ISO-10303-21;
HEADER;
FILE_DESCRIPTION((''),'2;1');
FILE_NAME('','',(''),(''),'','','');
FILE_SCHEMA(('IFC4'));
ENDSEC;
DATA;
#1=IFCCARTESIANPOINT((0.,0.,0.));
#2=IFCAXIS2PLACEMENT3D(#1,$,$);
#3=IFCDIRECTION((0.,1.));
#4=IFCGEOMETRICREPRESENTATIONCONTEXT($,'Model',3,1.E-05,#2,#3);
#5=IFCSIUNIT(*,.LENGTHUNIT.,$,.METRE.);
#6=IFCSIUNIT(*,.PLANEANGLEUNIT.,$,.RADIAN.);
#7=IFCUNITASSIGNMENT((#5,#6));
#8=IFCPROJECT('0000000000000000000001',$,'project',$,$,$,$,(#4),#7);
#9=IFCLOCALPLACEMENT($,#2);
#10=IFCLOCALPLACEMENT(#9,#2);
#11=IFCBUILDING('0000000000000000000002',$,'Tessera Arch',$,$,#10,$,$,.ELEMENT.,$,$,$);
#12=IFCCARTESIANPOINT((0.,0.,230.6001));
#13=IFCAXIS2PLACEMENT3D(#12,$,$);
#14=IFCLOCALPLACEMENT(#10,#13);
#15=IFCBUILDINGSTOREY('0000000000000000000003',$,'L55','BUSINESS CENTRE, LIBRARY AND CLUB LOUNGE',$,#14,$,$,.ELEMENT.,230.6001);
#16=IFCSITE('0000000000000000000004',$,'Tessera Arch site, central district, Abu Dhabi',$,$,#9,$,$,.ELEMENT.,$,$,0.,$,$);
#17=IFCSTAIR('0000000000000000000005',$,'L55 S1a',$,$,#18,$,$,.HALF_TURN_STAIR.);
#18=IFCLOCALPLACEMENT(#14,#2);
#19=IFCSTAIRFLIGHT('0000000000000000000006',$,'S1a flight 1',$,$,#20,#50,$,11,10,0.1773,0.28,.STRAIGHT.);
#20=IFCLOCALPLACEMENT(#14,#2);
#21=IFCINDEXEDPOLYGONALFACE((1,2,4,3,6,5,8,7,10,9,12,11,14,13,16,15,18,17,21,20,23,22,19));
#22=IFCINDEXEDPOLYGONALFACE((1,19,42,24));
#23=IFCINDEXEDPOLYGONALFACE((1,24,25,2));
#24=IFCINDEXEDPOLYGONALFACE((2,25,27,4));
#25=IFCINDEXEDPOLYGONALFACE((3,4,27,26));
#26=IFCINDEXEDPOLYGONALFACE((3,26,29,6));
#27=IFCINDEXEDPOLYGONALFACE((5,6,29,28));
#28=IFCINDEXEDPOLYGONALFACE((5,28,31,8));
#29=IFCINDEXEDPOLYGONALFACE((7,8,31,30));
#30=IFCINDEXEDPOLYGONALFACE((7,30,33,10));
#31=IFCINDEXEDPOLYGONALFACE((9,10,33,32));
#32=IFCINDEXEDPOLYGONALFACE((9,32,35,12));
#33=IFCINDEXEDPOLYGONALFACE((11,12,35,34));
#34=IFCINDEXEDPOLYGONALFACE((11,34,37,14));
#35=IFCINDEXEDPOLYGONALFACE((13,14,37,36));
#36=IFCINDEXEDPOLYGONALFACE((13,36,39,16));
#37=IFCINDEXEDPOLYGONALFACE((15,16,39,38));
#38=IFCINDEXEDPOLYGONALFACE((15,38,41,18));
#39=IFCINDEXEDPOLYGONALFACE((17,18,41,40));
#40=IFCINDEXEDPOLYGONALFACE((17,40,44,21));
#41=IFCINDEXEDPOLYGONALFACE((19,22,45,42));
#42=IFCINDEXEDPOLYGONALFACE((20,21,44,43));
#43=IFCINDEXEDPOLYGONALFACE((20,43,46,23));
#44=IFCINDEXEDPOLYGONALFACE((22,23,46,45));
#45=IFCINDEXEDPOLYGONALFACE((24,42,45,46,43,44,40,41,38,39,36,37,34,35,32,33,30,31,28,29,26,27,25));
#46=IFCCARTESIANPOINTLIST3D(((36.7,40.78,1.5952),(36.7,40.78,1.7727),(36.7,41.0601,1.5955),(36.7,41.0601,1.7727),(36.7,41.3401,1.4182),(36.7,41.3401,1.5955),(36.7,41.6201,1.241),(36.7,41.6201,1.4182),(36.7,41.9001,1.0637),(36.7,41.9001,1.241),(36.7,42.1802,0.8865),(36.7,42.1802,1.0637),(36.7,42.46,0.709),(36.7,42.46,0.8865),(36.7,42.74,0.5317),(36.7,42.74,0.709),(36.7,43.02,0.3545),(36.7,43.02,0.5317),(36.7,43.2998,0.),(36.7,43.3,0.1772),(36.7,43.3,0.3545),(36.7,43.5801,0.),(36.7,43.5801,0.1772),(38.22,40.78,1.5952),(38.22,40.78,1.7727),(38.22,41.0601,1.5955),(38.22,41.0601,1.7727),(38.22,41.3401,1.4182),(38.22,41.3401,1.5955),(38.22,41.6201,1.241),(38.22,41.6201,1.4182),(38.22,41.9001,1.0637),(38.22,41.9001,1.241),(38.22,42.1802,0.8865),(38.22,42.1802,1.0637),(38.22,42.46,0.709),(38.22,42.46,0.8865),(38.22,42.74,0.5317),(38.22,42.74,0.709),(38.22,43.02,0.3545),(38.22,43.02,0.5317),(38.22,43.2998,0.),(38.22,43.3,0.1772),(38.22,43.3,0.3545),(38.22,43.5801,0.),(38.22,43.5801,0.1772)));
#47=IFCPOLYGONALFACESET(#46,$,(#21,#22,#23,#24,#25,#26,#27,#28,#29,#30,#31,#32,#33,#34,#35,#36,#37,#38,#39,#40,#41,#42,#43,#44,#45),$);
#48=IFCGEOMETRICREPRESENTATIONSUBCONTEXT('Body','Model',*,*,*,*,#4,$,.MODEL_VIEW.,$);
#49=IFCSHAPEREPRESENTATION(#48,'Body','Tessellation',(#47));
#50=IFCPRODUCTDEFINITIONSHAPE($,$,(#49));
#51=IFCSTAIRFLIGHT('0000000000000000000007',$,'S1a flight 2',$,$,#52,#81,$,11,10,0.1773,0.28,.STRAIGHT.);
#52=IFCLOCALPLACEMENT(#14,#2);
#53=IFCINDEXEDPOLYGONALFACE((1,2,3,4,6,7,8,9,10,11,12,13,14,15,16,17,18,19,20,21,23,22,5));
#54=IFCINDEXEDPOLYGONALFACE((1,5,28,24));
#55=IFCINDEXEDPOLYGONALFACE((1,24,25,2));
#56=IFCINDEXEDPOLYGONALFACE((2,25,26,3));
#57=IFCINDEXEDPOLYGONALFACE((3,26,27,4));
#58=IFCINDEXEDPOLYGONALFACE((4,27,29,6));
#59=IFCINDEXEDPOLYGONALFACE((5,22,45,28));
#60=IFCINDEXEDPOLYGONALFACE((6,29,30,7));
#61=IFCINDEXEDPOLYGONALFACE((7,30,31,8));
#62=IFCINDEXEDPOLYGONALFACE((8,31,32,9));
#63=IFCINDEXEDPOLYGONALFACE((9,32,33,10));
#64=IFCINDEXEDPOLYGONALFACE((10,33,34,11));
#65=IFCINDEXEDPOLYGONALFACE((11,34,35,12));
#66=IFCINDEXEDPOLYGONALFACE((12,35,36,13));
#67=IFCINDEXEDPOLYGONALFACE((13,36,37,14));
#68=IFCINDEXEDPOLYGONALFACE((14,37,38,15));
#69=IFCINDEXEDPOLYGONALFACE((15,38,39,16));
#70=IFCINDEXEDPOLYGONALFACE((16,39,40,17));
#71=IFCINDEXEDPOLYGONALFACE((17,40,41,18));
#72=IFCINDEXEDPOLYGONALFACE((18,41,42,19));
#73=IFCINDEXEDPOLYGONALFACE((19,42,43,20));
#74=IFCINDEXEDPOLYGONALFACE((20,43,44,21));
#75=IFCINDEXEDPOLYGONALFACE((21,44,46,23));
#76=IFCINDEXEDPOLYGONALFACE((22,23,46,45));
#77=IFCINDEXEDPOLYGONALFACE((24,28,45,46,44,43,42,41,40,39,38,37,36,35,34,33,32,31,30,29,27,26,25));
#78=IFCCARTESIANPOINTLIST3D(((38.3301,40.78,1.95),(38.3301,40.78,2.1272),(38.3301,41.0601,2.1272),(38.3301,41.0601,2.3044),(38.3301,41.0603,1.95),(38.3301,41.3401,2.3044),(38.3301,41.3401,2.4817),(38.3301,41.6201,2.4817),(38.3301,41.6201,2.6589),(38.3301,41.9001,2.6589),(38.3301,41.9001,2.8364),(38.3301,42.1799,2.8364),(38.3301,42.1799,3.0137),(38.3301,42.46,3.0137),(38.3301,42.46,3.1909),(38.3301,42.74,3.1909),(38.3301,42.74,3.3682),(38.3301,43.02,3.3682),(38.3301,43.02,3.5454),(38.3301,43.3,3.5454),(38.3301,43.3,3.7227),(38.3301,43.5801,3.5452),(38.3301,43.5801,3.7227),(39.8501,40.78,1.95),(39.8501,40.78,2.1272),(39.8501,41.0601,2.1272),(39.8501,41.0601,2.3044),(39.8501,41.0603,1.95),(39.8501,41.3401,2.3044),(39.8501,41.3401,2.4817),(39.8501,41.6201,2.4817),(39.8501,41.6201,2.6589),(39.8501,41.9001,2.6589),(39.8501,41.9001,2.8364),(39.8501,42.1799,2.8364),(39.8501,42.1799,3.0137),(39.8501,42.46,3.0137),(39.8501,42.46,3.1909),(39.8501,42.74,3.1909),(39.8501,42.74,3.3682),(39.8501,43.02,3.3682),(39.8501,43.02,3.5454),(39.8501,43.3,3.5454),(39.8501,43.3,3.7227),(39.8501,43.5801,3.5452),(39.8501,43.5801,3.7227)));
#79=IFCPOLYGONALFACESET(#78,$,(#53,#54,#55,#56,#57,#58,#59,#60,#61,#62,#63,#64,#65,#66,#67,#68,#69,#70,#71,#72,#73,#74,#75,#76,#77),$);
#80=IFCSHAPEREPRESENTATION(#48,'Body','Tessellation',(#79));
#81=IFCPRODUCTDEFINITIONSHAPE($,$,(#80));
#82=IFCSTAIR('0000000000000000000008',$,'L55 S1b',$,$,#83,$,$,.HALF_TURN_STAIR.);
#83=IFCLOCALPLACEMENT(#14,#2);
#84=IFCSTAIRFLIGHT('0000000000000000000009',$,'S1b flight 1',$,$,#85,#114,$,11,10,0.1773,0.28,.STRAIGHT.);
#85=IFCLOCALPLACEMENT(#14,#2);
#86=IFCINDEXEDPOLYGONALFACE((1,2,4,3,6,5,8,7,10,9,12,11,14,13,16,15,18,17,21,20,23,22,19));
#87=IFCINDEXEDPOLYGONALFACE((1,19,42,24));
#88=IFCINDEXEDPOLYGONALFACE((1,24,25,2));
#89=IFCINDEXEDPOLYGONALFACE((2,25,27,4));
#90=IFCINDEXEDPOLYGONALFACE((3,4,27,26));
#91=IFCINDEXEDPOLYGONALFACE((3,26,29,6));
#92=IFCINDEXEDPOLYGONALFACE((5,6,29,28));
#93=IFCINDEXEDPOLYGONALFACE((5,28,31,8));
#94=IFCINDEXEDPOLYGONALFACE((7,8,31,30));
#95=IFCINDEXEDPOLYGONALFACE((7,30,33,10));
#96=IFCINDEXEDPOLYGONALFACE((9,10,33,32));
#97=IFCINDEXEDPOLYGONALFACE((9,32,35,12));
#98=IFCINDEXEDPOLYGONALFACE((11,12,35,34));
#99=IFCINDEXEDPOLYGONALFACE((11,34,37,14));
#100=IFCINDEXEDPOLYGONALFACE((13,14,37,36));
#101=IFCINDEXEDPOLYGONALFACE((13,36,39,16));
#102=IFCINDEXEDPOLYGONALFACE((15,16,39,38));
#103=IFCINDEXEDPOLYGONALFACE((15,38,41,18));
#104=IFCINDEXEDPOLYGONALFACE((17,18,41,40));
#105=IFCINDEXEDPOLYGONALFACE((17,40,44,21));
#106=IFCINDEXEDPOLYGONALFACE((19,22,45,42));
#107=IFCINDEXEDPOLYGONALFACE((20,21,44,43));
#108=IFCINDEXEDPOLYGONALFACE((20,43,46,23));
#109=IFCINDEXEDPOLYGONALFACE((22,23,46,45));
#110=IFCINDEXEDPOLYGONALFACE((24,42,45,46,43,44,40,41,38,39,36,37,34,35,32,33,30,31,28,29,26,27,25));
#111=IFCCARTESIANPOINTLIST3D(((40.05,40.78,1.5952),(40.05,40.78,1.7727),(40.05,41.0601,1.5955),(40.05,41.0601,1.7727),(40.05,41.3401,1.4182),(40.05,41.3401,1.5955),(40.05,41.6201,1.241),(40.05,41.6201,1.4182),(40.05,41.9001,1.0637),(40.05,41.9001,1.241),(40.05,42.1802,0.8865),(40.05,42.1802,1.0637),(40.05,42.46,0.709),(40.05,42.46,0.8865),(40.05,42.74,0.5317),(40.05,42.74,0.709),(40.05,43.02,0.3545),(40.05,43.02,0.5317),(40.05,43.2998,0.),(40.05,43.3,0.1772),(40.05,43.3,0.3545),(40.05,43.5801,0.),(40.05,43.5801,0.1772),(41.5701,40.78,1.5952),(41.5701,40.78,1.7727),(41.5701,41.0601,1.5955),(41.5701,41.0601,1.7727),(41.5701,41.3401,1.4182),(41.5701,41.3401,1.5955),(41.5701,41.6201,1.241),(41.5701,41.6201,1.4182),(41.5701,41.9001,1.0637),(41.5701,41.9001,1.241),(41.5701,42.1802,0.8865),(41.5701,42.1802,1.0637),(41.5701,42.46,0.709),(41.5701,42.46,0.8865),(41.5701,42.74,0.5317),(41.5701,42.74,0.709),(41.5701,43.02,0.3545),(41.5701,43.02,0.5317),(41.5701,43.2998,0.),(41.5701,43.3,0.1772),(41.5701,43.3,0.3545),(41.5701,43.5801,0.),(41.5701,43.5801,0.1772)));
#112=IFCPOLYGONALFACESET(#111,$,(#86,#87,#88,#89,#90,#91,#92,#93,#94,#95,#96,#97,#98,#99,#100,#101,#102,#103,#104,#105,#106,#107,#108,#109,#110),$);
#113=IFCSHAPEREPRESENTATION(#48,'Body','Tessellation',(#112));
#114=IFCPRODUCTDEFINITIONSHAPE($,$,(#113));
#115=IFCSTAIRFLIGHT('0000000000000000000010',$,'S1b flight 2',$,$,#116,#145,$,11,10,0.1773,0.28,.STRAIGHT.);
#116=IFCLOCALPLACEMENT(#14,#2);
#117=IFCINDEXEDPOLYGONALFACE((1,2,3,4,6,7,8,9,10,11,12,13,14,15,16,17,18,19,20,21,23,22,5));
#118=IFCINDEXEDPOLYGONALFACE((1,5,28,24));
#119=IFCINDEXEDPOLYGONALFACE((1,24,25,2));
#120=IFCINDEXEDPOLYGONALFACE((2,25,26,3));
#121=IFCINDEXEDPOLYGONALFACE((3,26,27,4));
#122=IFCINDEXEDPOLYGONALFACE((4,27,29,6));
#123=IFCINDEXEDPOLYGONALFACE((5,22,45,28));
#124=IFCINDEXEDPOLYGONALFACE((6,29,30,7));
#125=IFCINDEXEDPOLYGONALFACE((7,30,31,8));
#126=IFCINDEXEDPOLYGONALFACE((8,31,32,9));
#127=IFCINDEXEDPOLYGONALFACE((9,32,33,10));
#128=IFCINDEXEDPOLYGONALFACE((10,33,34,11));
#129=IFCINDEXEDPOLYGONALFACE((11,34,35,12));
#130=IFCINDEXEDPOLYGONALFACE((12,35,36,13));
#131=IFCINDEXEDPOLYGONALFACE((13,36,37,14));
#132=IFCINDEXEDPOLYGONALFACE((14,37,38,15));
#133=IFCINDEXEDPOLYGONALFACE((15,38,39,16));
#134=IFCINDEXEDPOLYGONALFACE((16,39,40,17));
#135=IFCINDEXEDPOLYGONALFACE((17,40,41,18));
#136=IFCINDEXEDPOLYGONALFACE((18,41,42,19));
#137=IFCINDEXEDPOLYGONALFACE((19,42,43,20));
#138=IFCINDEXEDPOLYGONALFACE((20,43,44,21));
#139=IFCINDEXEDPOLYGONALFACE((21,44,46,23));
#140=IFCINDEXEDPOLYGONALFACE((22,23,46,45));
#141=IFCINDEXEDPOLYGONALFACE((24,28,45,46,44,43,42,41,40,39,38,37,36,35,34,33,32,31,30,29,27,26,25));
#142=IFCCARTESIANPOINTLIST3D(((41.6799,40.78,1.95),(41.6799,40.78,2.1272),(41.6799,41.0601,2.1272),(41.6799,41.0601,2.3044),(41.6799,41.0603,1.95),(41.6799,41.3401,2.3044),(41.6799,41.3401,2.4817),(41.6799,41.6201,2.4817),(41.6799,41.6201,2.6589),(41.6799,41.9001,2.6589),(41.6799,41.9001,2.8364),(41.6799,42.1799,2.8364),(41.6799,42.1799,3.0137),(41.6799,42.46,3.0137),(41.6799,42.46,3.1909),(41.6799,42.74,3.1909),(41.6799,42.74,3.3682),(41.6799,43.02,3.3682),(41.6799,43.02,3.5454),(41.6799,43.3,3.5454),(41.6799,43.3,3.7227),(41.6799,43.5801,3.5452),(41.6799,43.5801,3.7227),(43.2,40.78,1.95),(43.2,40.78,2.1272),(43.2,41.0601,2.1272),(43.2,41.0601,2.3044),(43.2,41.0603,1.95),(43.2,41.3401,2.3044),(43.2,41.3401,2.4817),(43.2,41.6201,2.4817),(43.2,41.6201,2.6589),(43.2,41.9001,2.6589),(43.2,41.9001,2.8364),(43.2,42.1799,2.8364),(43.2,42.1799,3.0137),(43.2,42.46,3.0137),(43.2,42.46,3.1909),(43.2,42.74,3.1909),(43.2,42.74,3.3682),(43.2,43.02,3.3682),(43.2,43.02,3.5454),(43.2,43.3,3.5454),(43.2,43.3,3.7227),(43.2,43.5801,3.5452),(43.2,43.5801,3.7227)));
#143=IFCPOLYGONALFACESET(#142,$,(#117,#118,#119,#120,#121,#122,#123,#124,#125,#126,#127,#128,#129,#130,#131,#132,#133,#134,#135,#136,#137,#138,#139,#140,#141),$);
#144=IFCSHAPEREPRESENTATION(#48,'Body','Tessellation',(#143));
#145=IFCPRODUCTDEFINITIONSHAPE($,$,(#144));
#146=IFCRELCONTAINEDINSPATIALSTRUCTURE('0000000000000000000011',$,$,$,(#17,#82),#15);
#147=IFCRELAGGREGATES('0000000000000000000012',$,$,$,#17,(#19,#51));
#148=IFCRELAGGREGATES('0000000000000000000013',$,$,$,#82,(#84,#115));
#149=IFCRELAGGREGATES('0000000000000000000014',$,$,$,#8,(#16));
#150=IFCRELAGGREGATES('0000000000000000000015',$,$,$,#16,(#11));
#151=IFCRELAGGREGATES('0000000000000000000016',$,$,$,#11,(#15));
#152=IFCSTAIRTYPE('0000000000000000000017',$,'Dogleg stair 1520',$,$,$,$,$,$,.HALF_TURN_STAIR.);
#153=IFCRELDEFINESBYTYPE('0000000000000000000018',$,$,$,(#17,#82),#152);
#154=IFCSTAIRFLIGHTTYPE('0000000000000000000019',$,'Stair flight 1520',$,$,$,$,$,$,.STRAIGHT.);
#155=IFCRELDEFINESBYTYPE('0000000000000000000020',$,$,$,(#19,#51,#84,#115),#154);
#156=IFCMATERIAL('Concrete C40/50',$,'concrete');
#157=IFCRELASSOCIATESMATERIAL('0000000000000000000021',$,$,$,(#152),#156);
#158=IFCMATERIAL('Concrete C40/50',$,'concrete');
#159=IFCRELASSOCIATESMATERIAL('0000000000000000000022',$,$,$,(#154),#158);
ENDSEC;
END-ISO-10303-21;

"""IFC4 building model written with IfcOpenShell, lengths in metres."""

from ifc_helpers import new_model, si_unit, direction, frame, origin, place, context, subcontext, project, spatial, polyline, outline, extrude, material, type_object, element, aggregate, save


model = new_model("IFC4")

# Units and contexts
model_context = context("Model", 3, precision=1e-05, world=origin(), true_north=direction((0.0, 1.0)))
body_context = subcontext(model_context, "Body", "Model", "MODEL_VIEW")
ifc_project = project(units=[si_unit("LENGTHUNIT", "METRE"), si_unit("PLANEANGLEUNIT", "RADIAN")], contexts=[model_context])

# Site, building, storey
site_placement = place(None, origin())
site = spatial("IfcSite", under=ifc_project, at=site_placement, Name="Tessera Arch site, central district, Abu Dhabi", CompositionType="ELEMENT", RefElevation=0.0)
building_placement = place(site_placement, origin())
building = spatial("IfcBuilding", under=site, at=building_placement, Name="Tessera Arch", CompositionType="ELEMENT")
storey_placement = place(building_placement, frame((0.0, 0.0, 230.6001)))
storey = spatial("IfcBuildingStorey", under=building, at=storey_placement, Name="L55", Description="BUSINESS CENTRE, LIBRARY AND CLUB LOUNGE", CompositionType="ELEMENT", Elevation=230.6001)

# Stairs, stair flights
ifc_material_1 = material(Name="Concrete C40/50", Category="concrete")
stair_type = type_object("IfcStairType", Name="Dogleg stair 1520", PredefinedType="HALF_TURN_STAIR", material=ifc_material_1)
stair_1_placement = place(storey_placement, origin())
stair_1 = element("IfcStair", 1, at=stair_1_placement, inside=storey, type_object=stair_type, Name="L55 S1a", PredefinedType="HALF_TURN_STAIR")
ifc_material_2 = material(Name="Concrete C40/50", Category="concrete")
stair_flight_type = type_object("IfcStairFlightType", Name="Stair flight 1520", PredefinedType="STRAIGHT", material=ifc_material_2)
stair_flight_1_placement = place(storey_placement, frame((37.46, 43.5801, 0.0), z_axis=(0.0, 0.0, 1.0), x_axis=(0.0, -1.0, 0.0)))
stair_flight_1 = element("IfcStairFlight", 2, at=stair_flight_1_placement, type_object=stair_flight_type, Name="S1a flight 1", NumberOfRisers=11, NumberOfTreads=10, PredefinedType="STRAIGHT", RiserHeight=0.1773, TreadLength=0.28, context=body_context, shape_type="SweptSolid", body=[
    extrude(outline(polyline([(0.0, 0.0), (0.0, 0.1772), (0.28, 0.1772), (0.28, 0.3545), (0.5601, 0.3545), (0.5601, 0.5317), (0.8401, 0.5317), (0.8401, 0.709), (1.1201, 0.709), (1.1201, 0.8865), (1.3999, 0.8865), (1.3999, 1.0637), (1.6799, 1.0637), (1.6799, 1.241), (1.96, 1.241), (1.96, 1.4182), (2.24, 1.4182), (2.24, 1.5955), (2.52, 1.5955), (2.52, 1.7727), (2.8, 1.7727), (2.8, 1.95), (2.8, 1.5952), (0.2803, 0.0), (0.0, 0.0)])), frame((0.0, 0.76, 0.0), z_axis=(0.0, -1.0, 0.0), x_axis=(1.0, 0.0, 0.0)), (0.0, 0.0, 1.0), 1.52),
])
stair_flight_2_placement = place(storey_placement, frame((39.0901, 40.78, 1.95), z_axis=(0.0, 0.0, 1.0), x_axis=(0.0, 1.0, 0.0)))
stair_flight_2 = element("IfcStairFlight", 3, at=stair_flight_2_placement, type_object=stair_flight_type, Name="S1a flight 2", NumberOfRisers=11, NumberOfTreads=10, PredefinedType="STRAIGHT", RiserHeight=0.1773, TreadLength=0.28, context=body_context, shape_type="SweptSolid", body=[
    extrude(outline(polyline([(0.0, 0.0), (0.0, 0.1772), (0.28, 0.1772), (0.28, 0.3545), (0.5601, 0.3545), (0.5601, 0.5317), (0.8401, 0.5317), (0.8401, 0.709), (1.1201, 0.709), (1.1201, 0.8865), (1.3999, 0.8865), (1.3999, 1.0637), (1.6799, 1.0637), (1.6799, 1.241), (1.96, 1.241), (1.96, 1.4182), (2.24, 1.4182), (2.24, 1.5955), (2.52, 1.5955), (2.52, 1.7727), (2.8, 1.7727), (2.8, 1.95), (2.8, 1.5952), (0.2803, 0.0), (0.0, 0.0)])), frame((0.0, 0.76, 0.0), z_axis=(0.0, -1.0, 0.0), x_axis=(1.0, 0.0, 0.0)), (0.0, 0.0, 1.0), 1.52),
])
aggregate(stair_1, [stair_flight_1, stair_flight_2])
stair_2_placement = place(storey_placement, origin())
stair_2 = element("IfcStair", 4, at=stair_2_placement, inside=storey, type_object=stair_type, Name="L55 S1b", PredefinedType="HALF_TURN_STAIR")
stair_flight_3_placement = place(storey_placement, frame((40.8101, 43.5801, 0.0), z_axis=(0.0, 0.0, 1.0), x_axis=(0.0, -1.0, 0.0)))
stair_flight_3 = element("IfcStairFlight", 5, at=stair_flight_3_placement, type_object=stair_flight_type, Name="S1b flight 1", NumberOfRisers=11, NumberOfTreads=10, PredefinedType="STRAIGHT", RiserHeight=0.1773, TreadLength=0.28, context=body_context, shape_type="SweptSolid", body=[
    extrude(outline(polyline([(0.0, 0.0), (0.0, 0.1772), (0.28, 0.1772), (0.28, 0.3545), (0.5601, 0.3545), (0.5601, 0.5317), (0.8401, 0.5317), (0.8401, 0.709), (1.1201, 0.709), (1.1201, 0.8865), (1.3999, 0.8865), (1.3999, 1.0637), (1.6799, 1.0637), (1.6799, 1.241), (1.96, 1.241), (1.96, 1.4182), (2.24, 1.4182), (2.24, 1.5955), (2.52, 1.5955), (2.52, 1.7727), (2.8, 1.7727), (2.8, 1.95), (2.8, 1.5952), (0.2803, 0.0), (0.0, 0.0)])), frame((0.0, 0.76, 0.0), z_axis=(0.0, -1.0, 0.0), x_axis=(1.0, 0.0, 0.0)), (0.0, 0.0, 1.0), 1.52),
])
stair_flight_4_placement = place(storey_placement, frame((42.4399, 40.78, 1.95), z_axis=(0.0, 0.0, 1.0), x_axis=(0.0, 1.0, 0.0)))
stair_flight_4 = element("IfcStairFlight", 6, at=stair_flight_4_placement, type_object=stair_flight_type, Name="S1b flight 2", NumberOfRisers=11, NumberOfTreads=10, PredefinedType="STRAIGHT", RiserHeight=0.1773, TreadLength=0.28, context=body_context, shape_type="SweptSolid", body=[
    extrude(outline(polyline([(0.0, 0.0), (0.0, 0.1772), (0.28, 0.1772), (0.28, 0.3545), (0.5601, 0.3545), (0.5601, 0.5317), (0.8401, 0.5317), (0.8401, 0.709), (1.1201, 0.709), (1.1201, 0.8865), (1.3999, 0.8865), (1.3999, 1.0637), (1.6799, 1.0637), (1.6799, 1.241), (1.96, 1.241), (1.96, 1.4182), (2.24, 1.4182), (2.24, 1.5955), (2.52, 1.5955), (2.52, 1.7727), (2.8, 1.7727), (2.8, 1.95), (2.8, 1.5952), (0.2803, 0.0), (0.0, 0.0)])), frame((0.0, 0.76, 0.0), z_axis=(0.0, -1.0, 0.0), x_axis=(1.0, 0.0, 0.0)), (0.0, 0.0, 1.0), 1.52),
])
aggregate(stair_2, [stair_flight_3, stair_flight_4])

save(model, "model.ifc")
